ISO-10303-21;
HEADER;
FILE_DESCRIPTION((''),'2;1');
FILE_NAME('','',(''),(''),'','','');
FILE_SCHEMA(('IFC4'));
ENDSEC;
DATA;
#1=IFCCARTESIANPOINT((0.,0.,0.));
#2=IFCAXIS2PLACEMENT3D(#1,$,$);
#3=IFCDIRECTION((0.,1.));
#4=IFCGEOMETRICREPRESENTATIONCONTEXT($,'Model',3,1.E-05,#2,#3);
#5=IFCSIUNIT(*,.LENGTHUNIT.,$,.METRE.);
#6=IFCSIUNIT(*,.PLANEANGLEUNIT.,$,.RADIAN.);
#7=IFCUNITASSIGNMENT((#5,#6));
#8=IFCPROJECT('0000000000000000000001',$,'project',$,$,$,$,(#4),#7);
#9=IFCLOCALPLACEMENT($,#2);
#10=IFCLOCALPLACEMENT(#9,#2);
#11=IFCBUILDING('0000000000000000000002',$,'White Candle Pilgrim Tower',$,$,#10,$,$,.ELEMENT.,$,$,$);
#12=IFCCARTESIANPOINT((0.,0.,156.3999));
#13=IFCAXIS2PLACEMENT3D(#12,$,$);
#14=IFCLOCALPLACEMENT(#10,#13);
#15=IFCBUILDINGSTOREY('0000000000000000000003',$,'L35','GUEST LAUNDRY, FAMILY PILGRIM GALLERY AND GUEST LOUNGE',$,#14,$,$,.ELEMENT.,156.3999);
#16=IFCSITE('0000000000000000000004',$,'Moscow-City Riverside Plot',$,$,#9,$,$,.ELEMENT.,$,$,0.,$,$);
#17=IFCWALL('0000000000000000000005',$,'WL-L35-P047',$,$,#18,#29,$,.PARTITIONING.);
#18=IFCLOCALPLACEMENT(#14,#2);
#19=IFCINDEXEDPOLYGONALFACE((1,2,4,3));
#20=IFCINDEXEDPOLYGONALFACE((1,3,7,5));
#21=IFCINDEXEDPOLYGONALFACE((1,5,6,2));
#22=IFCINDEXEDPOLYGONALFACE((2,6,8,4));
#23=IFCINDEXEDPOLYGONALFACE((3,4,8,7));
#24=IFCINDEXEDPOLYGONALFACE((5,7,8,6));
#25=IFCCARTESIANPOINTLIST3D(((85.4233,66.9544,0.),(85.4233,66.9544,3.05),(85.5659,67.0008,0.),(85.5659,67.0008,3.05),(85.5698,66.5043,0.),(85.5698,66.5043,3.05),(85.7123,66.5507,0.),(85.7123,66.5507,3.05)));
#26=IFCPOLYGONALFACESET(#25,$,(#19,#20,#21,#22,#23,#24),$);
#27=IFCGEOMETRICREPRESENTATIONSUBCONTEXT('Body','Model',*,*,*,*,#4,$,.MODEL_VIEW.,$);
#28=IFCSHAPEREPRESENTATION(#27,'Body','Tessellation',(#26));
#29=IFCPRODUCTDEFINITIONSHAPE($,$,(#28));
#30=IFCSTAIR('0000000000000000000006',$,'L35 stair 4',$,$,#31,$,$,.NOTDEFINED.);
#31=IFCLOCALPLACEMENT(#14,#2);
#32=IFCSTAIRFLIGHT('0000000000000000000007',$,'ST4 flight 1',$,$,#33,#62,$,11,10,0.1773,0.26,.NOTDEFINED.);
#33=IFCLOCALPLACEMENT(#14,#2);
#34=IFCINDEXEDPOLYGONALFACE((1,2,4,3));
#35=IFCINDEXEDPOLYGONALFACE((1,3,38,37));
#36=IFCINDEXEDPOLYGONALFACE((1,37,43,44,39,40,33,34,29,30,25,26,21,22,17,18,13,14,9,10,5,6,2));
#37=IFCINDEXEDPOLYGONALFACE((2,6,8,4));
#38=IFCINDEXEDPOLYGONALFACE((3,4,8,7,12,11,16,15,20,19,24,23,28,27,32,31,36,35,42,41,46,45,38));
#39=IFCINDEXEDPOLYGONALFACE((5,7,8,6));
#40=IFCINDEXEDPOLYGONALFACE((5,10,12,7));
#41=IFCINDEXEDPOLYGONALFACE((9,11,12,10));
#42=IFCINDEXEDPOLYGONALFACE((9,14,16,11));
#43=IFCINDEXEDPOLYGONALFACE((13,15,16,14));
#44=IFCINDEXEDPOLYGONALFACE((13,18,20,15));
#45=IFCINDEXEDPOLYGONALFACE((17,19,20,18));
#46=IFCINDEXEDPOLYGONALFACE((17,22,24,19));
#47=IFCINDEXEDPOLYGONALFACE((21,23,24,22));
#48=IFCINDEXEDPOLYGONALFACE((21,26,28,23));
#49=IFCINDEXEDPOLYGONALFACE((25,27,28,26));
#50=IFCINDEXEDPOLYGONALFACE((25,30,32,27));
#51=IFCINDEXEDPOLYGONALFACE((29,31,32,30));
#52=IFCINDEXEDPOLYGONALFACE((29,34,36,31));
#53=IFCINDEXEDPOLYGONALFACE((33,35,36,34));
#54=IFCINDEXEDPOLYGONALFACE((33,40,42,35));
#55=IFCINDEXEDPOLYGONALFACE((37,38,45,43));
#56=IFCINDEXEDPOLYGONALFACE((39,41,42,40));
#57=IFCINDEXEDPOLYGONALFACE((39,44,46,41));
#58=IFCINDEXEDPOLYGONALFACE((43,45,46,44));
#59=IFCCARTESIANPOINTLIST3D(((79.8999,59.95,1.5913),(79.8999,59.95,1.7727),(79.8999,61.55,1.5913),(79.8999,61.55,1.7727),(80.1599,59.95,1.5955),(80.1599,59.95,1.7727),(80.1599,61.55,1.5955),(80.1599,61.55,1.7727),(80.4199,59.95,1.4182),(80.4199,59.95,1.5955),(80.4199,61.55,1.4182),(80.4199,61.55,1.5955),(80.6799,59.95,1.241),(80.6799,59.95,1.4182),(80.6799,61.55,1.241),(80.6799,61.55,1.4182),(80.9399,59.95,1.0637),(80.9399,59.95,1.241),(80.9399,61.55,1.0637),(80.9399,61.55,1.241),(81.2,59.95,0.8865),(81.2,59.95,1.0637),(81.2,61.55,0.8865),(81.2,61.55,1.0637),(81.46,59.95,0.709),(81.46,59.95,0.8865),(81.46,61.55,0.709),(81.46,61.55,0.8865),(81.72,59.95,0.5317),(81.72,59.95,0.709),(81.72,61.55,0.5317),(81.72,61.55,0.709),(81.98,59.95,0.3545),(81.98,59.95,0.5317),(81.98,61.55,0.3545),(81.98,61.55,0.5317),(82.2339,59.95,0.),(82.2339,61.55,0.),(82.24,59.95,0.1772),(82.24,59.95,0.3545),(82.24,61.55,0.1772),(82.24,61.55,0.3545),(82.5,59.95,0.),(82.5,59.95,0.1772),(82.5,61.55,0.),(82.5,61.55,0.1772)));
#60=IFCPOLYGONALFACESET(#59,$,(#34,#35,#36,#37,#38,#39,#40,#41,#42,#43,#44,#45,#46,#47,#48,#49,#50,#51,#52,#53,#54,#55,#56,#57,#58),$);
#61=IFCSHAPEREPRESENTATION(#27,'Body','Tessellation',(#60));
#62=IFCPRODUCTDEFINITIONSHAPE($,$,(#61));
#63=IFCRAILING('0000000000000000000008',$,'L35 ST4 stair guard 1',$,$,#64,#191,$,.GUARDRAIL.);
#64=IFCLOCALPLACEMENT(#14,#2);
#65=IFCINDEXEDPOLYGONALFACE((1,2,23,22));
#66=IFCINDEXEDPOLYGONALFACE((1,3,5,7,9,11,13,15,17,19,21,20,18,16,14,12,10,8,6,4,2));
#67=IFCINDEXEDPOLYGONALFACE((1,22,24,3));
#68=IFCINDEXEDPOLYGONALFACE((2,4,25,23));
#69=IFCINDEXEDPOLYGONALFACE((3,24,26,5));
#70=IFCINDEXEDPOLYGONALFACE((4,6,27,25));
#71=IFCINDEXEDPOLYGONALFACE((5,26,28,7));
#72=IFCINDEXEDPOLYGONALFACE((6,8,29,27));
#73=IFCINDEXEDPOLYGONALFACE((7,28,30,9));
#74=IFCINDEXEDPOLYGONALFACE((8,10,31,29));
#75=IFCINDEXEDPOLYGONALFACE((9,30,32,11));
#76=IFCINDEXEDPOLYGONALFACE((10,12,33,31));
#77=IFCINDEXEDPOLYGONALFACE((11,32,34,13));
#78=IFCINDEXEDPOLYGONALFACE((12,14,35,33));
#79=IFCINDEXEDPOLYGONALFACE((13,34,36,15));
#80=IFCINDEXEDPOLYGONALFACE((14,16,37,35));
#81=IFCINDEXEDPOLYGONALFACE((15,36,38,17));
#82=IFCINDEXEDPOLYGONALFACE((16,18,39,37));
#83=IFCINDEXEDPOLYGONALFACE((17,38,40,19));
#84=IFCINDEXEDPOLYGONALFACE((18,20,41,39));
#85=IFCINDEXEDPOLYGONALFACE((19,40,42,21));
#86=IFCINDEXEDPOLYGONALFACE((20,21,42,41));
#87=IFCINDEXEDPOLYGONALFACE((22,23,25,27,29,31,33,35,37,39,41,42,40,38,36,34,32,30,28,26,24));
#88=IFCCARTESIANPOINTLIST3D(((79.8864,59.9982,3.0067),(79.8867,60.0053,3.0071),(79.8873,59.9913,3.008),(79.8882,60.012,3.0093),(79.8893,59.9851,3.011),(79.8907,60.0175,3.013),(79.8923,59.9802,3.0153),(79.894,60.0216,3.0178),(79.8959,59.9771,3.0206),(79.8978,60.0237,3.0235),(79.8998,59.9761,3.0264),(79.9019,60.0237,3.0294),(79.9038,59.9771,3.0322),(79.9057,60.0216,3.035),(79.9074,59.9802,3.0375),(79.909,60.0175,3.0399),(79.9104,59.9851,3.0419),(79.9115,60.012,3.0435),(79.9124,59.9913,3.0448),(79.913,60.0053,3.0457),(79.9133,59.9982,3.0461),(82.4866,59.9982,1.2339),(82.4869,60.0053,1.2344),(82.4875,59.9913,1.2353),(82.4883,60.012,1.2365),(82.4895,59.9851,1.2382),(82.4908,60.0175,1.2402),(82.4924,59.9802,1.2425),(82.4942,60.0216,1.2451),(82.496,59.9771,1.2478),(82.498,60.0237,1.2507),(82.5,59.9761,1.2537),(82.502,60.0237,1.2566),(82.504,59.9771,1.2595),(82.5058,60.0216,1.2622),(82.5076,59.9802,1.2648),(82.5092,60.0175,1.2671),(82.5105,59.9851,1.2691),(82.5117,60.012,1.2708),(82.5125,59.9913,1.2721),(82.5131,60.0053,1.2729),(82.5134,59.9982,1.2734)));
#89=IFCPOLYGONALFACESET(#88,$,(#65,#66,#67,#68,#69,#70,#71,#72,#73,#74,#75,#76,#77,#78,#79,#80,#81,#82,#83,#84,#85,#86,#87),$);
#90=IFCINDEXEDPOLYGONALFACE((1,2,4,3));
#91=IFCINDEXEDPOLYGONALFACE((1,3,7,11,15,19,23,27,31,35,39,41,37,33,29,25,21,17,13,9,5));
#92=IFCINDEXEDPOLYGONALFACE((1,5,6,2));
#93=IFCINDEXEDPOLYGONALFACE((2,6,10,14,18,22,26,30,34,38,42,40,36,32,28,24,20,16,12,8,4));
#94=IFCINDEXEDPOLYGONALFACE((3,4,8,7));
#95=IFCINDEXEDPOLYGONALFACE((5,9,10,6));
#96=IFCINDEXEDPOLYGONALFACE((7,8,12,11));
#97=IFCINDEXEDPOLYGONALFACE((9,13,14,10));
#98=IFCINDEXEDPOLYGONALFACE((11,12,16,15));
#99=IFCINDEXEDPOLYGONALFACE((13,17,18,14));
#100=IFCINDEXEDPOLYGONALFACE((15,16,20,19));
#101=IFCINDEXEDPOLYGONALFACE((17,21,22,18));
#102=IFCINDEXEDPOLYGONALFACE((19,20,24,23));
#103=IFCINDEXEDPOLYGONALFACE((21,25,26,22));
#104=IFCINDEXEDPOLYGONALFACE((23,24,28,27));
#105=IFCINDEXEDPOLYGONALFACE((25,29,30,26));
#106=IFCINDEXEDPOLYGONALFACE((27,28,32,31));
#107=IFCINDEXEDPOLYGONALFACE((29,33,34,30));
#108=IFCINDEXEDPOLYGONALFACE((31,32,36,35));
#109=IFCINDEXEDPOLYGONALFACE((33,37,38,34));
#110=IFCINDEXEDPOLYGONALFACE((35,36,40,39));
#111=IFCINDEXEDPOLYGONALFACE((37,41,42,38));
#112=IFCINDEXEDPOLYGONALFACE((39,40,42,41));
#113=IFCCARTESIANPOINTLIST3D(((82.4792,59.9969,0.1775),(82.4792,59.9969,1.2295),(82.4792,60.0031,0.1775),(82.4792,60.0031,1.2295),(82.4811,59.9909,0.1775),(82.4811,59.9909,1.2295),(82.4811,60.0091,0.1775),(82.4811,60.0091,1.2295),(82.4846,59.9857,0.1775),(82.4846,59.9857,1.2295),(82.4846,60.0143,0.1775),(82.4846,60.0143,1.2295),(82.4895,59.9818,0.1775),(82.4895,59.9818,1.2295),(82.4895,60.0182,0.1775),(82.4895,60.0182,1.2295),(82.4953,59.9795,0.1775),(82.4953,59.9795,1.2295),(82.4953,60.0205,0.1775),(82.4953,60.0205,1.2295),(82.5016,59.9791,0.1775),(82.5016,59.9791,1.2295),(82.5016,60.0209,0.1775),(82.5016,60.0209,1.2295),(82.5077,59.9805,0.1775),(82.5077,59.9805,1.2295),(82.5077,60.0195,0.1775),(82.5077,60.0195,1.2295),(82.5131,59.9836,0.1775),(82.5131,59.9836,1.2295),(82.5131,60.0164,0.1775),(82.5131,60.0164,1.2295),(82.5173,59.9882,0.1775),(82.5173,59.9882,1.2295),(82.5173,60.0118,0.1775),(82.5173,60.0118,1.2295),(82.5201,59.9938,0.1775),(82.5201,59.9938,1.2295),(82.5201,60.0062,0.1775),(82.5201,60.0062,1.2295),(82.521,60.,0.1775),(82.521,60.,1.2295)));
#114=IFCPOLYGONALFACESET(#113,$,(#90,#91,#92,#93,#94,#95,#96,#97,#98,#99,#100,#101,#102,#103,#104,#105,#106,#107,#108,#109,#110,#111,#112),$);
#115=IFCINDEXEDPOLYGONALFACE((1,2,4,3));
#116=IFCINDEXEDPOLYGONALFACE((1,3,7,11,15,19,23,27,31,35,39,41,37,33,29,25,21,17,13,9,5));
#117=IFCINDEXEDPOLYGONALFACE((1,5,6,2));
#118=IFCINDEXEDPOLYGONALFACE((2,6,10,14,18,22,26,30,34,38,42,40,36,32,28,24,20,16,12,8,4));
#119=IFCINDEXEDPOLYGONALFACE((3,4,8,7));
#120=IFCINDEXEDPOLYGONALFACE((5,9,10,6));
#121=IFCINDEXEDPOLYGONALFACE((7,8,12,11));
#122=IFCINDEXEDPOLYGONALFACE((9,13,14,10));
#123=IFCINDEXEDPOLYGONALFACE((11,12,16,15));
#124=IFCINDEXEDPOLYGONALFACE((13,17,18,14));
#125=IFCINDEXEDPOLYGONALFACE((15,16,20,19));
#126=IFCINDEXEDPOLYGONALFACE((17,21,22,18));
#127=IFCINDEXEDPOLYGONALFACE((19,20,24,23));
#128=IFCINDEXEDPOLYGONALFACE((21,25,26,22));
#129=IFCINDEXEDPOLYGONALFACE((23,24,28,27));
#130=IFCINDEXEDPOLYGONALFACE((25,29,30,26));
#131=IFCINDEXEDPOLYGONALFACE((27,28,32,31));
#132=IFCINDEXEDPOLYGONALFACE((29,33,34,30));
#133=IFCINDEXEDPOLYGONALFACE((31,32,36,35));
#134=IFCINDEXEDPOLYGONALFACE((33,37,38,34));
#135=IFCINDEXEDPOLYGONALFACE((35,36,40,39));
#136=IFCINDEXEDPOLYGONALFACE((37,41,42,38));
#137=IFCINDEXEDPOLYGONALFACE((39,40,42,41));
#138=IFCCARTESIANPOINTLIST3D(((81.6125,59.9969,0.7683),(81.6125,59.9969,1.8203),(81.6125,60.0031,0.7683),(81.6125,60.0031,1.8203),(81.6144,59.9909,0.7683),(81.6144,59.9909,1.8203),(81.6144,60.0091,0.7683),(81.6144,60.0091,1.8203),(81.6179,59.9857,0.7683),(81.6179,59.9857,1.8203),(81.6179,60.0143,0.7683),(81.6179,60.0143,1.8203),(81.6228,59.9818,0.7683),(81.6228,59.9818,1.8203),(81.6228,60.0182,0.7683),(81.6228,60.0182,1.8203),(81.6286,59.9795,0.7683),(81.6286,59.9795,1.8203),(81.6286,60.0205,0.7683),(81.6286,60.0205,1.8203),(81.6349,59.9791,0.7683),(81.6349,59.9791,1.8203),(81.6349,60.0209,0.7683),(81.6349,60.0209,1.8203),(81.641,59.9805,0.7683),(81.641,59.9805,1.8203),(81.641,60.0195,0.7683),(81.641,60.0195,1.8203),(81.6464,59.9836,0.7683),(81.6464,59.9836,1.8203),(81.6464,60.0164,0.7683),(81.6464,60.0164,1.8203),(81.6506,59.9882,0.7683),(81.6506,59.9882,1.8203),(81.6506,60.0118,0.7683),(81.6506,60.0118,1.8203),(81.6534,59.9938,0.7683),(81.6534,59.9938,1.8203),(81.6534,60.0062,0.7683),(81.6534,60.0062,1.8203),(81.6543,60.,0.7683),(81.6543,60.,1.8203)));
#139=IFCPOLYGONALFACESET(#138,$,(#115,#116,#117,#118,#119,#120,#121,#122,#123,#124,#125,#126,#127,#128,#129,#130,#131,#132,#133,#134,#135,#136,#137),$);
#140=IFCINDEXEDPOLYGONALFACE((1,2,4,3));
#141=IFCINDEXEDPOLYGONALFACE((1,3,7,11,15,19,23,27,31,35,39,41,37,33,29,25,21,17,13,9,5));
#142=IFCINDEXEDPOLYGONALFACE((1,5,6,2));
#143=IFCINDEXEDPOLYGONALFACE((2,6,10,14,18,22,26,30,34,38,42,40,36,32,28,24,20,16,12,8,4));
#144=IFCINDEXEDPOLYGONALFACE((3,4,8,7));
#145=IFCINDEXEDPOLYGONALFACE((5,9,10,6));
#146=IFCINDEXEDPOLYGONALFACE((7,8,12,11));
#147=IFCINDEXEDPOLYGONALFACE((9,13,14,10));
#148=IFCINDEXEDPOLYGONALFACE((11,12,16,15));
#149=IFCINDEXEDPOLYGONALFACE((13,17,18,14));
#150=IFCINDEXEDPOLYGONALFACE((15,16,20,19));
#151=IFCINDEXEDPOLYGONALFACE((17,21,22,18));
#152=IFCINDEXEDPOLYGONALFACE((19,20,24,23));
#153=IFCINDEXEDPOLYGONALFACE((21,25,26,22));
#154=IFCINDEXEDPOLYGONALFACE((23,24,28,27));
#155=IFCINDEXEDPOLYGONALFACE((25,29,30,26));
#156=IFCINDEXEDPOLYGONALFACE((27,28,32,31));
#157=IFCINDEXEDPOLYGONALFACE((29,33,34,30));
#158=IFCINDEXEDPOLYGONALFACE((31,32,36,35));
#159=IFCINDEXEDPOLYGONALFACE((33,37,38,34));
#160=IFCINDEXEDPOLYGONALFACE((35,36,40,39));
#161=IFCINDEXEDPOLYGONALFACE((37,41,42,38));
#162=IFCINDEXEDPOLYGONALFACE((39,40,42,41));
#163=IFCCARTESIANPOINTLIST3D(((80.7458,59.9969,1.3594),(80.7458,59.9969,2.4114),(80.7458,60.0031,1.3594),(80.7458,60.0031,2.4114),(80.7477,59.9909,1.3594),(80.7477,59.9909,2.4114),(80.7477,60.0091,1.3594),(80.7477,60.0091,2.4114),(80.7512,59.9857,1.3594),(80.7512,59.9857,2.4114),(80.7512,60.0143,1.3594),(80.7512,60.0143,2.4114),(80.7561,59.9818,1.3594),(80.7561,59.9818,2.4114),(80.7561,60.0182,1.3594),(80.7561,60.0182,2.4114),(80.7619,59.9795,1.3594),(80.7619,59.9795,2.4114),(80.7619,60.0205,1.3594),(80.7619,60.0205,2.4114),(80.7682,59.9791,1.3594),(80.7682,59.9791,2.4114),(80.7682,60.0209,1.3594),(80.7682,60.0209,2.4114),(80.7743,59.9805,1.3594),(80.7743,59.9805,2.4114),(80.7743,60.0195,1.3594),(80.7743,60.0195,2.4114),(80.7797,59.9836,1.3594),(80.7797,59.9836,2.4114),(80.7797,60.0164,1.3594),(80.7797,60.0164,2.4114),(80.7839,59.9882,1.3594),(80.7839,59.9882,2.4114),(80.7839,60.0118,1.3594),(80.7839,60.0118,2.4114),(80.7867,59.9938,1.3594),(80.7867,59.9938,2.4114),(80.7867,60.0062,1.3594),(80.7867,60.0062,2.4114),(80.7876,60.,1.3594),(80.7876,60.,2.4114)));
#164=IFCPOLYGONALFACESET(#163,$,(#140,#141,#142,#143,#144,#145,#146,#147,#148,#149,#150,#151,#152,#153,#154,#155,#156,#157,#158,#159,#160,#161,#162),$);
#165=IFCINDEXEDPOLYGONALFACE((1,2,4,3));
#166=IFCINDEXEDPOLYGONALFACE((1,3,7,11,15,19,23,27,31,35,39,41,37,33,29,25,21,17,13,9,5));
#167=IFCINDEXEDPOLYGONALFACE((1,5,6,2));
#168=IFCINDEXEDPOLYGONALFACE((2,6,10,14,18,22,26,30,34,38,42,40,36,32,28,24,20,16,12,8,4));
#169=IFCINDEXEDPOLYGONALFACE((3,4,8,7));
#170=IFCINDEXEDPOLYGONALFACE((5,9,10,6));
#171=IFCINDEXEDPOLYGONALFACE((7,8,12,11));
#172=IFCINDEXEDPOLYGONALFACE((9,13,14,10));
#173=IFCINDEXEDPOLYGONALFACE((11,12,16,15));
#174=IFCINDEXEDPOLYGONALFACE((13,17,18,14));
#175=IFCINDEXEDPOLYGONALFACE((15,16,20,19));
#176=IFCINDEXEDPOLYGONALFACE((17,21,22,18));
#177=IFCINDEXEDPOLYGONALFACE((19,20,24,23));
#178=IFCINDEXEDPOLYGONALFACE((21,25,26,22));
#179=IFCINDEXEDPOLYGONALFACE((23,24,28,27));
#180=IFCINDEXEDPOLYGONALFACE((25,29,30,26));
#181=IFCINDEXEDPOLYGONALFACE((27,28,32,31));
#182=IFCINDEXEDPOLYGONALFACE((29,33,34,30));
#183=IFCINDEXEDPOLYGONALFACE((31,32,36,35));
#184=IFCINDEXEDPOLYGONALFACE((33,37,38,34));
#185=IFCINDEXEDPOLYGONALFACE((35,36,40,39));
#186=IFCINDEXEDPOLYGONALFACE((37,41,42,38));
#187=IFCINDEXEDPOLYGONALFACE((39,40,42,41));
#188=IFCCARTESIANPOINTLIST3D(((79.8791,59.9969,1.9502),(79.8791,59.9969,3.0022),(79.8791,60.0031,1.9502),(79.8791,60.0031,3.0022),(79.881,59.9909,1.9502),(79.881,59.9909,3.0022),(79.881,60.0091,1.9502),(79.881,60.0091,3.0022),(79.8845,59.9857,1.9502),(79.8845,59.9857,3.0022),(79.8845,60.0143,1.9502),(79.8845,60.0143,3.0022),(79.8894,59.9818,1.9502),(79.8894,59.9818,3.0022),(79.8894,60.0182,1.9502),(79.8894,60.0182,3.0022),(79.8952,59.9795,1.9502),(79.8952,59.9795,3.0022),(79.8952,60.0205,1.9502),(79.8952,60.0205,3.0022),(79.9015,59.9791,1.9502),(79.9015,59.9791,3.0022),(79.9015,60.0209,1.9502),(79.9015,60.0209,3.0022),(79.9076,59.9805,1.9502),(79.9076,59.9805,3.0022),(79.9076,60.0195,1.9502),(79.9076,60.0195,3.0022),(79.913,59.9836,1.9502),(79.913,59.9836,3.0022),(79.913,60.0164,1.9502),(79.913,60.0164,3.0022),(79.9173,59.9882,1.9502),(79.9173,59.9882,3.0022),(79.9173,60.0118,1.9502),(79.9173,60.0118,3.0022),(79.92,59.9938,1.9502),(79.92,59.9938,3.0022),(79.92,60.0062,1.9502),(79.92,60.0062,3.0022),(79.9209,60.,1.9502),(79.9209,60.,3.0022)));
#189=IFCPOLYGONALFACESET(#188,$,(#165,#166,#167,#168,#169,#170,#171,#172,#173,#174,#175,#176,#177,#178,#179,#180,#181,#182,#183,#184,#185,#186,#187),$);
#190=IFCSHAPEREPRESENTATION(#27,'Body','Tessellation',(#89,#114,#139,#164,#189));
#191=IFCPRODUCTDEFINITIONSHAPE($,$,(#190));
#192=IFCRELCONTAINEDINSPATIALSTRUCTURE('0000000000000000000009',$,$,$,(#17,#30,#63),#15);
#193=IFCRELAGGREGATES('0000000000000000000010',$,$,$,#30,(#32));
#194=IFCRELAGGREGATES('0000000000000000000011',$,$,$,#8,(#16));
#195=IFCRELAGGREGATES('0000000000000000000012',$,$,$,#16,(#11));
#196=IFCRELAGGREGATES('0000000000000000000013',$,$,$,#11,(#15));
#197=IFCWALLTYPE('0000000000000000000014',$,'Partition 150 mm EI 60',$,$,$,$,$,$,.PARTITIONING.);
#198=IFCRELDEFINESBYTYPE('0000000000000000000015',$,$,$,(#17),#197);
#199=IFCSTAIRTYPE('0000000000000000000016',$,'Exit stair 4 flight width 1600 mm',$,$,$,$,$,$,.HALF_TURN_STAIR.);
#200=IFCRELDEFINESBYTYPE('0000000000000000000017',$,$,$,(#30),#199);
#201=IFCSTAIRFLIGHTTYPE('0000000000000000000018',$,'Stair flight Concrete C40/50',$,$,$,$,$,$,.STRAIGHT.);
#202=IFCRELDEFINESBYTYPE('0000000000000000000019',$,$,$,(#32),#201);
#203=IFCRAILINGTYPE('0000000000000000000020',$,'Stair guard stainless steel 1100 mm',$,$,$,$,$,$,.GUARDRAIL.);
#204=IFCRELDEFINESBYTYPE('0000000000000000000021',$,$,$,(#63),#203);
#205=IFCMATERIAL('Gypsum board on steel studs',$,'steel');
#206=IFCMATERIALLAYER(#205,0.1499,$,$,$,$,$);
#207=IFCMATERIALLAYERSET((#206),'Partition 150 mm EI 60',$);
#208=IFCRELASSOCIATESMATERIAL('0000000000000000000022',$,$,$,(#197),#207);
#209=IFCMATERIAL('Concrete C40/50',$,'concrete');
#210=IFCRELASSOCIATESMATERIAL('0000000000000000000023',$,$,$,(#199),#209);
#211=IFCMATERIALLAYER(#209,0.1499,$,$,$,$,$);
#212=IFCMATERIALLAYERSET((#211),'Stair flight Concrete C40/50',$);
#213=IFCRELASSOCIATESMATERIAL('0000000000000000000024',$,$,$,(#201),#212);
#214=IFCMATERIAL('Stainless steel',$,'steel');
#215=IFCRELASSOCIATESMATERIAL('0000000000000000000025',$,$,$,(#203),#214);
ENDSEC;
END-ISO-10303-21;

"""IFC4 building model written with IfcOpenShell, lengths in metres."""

from ifc_helpers import new_model, si_unit, direction, frame, frame_2d, origin, origin_2d, place, context, subcontext, project, spatial, polyline, rectangle, circle, outline, extrude, material, layer, layer_set, type_object, element, aggregate, save


model = new_model("IFC4")

# Units and contexts
model_context = context("Model", 3, precision=1e-05, world=origin(), true_north=direction((0.0, 1.0)))
body_context = subcontext(model_context, "Body", "Model", "MODEL_VIEW")
ifc_project = project(units=[si_unit("LENGTHUNIT", "METRE"), si_unit("PLANEANGLEUNIT", "RADIAN")], contexts=[model_context])

# Site, building, storey
site_placement = place(None, origin())
site = spatial("IfcSite", under=ifc_project, at=site_placement, Name="Moscow-City Riverside Plot", CompositionType="ELEMENT", RefElevation=0.0)
building_placement = place(site_placement, origin())
building = spatial("IfcBuilding", under=site, at=building_placement, Name="White Candle Pilgrim Tower", CompositionType="ELEMENT")
storey_placement = place(building_placement, frame((0.0, 0.0, 156.3999)))
storey = spatial("IfcBuildingStorey", under=building, at=storey_placement, Name="L35", Description="GUEST LAUNDRY, FAMILY PILGRIM GALLERY AND GUEST LOUNGE", CompositionType="ELEMENT", Elevation=156.3999)

# Shared definitions
ifc_material_1 = material(Name="Gypsum board on steel studs", Category="steel")

# Shared definitions
ifc_layer_1 = layer(ifc_material_1, 0.1499)
ifc_layer_set_1 = layer_set([ifc_layer_1], Name="Partition 150 mm EI 60")
wall_type_1 = type_object("IfcWallType", Name="Partition 150 mm EI 60", PredefinedType="PARTITIONING", material=ifc_layer_set_1)

# Wall
wall_1_placement = place(storey_placement, frame((85.6411, 66.5273, 0.0), z_axis=(0.0, 0.0, 1.0), x_axis=(-0.309413, 0.950928, 0.0)))
element("IfcWall", 1, at=wall_1_placement, inside=storey, type_object=wall_type_1, Name="WL-L35-P047", PredefinedType="PARTITIONING", context=body_context, shape_type="SweptSolid", body=[
    extrude(rectangle(XDim=0.4734, YDim=0.1499, at=frame_2d((0.2368, 0.0))), origin(), (0.0, 0.0, 1.0), 3.05),
])

# Stair, stair flight
ifc_material_2 = material(Name="Concrete C40/50", Category="concrete")
stair_type = type_object("IfcStairType", Name="Exit stair 4 flight width 1600 mm", PredefinedType="HALF_TURN_STAIR", material=ifc_material_2)
stair_placement = place(storey_placement, origin())
stair = element("IfcStair", 2, at=stair_placement, inside=storey, type_object=stair_type, Name="L35 stair 4", PredefinedType="NOTDEFINED")
ifc_layer_2 = layer(ifc_material_2, 0.1499)
ifc_layer_set_2 = layer_set([ifc_layer_2], Name="Stair flight Concrete C40/50")
stair_flight_type = type_object("IfcStairFlightType", Name="Stair flight Concrete C40/50", PredefinedType="STRAIGHT", material=ifc_layer_set_2)
stair_flight_placement = place(storey_placement, frame((82.5, 60.75, 0.0), z_axis=(0.0, 0.0, 1.0), x_axis=(-1.0, 0.0, 0.0)))
stair_flight = element("IfcStairFlight", 3, at=stair_flight_placement, type_object=stair_flight_type, Name="ST4 flight 1", NumberOfRisers=11, NumberOfTreads=10, PredefinedType="NOTDEFINED", RiserHeight=0.1773, TreadLength=0.26, context=body_context, shape_type="SweptSolid", body=[
    extrude(outline(polyline([(0.0, 0.0), (0.0, 0.1772), (0.26, 0.1772), (0.26, 0.3545), (0.52, 0.3545), (0.52, 0.5317), (0.78, 0.5317), (0.78, 0.709), (1.04, 0.709), (1.04, 0.8865), (1.3, 0.8865), (1.3, 1.0637), (1.5601, 1.0637), (1.5601, 1.241), (1.8201, 1.241), (1.8201, 1.4182), (2.0801, 1.4182), (2.0801, 1.5955), (2.3401, 1.5955), (2.3401, 1.7727), (2.6001, 1.7727), (2.6001, 1.95), (2.6001, 1.5913), (0.2661, 0.0), (0.0, 0.0)])), frame((0.0, 0.8, 0.0), z_axis=(0.0, -1.0, 0.0), x_axis=(1.0, 0.0, 0.0)), (0.0, 0.0, 1.0), 1.6001),
])
aggregate(stair, [stair_flight])

# Railing
ifc_material_3 = material(Name="Stainless steel", Category="steel")
railing_type_1 = type_object("IfcRailingType", Name="Stair guard stainless steel 1100 mm", PredefinedType="GUARDRAIL", material=ifc_material_3)
railing_1_placement = place(storey_placement, frame((82.5, 60.0, 0.1775)))
element("IfcRailing", 4, at=railing_1_placement, inside=storey, type_object=railing_type_1, Name="L35 ST4 stair guard 1", PredefinedType="GUARDRAIL", context=body_context, shape_type="SweptSolid", body=[
    extrude(circle(Radius=0.0239, at=origin_2d()), frame((0.0, 0.0, 1.0762), z_axis=(-0.82624, 0.0, 0.563318), x_axis=(0.0, -1.0, 0.0)), (0.0, 0.0, 1.0), 3.147),
    extrude(circle(Radius=0.021, at=origin_2d()), origin(), (0.0, 0.0, 1.0), 1.052),
    extrude(circle(Radius=0.021, at=origin_2d()), frame((-0.8667, 0.0, 0.5908)), (0.0, 0.0, 1.0), 1.052),
    extrude(circle(Radius=0.021, at=origin_2d()), frame((-1.7334, 0.0, 1.1819)), (0.0, 0.0, 1.0), 1.052),
    extrude(circle(Radius=0.021, at=origin_2d()), frame((-2.6001, 0.0, 1.7727)), (0.0, 0.0, 1.0), 1.052),
])

save(model, "model.ifc")
